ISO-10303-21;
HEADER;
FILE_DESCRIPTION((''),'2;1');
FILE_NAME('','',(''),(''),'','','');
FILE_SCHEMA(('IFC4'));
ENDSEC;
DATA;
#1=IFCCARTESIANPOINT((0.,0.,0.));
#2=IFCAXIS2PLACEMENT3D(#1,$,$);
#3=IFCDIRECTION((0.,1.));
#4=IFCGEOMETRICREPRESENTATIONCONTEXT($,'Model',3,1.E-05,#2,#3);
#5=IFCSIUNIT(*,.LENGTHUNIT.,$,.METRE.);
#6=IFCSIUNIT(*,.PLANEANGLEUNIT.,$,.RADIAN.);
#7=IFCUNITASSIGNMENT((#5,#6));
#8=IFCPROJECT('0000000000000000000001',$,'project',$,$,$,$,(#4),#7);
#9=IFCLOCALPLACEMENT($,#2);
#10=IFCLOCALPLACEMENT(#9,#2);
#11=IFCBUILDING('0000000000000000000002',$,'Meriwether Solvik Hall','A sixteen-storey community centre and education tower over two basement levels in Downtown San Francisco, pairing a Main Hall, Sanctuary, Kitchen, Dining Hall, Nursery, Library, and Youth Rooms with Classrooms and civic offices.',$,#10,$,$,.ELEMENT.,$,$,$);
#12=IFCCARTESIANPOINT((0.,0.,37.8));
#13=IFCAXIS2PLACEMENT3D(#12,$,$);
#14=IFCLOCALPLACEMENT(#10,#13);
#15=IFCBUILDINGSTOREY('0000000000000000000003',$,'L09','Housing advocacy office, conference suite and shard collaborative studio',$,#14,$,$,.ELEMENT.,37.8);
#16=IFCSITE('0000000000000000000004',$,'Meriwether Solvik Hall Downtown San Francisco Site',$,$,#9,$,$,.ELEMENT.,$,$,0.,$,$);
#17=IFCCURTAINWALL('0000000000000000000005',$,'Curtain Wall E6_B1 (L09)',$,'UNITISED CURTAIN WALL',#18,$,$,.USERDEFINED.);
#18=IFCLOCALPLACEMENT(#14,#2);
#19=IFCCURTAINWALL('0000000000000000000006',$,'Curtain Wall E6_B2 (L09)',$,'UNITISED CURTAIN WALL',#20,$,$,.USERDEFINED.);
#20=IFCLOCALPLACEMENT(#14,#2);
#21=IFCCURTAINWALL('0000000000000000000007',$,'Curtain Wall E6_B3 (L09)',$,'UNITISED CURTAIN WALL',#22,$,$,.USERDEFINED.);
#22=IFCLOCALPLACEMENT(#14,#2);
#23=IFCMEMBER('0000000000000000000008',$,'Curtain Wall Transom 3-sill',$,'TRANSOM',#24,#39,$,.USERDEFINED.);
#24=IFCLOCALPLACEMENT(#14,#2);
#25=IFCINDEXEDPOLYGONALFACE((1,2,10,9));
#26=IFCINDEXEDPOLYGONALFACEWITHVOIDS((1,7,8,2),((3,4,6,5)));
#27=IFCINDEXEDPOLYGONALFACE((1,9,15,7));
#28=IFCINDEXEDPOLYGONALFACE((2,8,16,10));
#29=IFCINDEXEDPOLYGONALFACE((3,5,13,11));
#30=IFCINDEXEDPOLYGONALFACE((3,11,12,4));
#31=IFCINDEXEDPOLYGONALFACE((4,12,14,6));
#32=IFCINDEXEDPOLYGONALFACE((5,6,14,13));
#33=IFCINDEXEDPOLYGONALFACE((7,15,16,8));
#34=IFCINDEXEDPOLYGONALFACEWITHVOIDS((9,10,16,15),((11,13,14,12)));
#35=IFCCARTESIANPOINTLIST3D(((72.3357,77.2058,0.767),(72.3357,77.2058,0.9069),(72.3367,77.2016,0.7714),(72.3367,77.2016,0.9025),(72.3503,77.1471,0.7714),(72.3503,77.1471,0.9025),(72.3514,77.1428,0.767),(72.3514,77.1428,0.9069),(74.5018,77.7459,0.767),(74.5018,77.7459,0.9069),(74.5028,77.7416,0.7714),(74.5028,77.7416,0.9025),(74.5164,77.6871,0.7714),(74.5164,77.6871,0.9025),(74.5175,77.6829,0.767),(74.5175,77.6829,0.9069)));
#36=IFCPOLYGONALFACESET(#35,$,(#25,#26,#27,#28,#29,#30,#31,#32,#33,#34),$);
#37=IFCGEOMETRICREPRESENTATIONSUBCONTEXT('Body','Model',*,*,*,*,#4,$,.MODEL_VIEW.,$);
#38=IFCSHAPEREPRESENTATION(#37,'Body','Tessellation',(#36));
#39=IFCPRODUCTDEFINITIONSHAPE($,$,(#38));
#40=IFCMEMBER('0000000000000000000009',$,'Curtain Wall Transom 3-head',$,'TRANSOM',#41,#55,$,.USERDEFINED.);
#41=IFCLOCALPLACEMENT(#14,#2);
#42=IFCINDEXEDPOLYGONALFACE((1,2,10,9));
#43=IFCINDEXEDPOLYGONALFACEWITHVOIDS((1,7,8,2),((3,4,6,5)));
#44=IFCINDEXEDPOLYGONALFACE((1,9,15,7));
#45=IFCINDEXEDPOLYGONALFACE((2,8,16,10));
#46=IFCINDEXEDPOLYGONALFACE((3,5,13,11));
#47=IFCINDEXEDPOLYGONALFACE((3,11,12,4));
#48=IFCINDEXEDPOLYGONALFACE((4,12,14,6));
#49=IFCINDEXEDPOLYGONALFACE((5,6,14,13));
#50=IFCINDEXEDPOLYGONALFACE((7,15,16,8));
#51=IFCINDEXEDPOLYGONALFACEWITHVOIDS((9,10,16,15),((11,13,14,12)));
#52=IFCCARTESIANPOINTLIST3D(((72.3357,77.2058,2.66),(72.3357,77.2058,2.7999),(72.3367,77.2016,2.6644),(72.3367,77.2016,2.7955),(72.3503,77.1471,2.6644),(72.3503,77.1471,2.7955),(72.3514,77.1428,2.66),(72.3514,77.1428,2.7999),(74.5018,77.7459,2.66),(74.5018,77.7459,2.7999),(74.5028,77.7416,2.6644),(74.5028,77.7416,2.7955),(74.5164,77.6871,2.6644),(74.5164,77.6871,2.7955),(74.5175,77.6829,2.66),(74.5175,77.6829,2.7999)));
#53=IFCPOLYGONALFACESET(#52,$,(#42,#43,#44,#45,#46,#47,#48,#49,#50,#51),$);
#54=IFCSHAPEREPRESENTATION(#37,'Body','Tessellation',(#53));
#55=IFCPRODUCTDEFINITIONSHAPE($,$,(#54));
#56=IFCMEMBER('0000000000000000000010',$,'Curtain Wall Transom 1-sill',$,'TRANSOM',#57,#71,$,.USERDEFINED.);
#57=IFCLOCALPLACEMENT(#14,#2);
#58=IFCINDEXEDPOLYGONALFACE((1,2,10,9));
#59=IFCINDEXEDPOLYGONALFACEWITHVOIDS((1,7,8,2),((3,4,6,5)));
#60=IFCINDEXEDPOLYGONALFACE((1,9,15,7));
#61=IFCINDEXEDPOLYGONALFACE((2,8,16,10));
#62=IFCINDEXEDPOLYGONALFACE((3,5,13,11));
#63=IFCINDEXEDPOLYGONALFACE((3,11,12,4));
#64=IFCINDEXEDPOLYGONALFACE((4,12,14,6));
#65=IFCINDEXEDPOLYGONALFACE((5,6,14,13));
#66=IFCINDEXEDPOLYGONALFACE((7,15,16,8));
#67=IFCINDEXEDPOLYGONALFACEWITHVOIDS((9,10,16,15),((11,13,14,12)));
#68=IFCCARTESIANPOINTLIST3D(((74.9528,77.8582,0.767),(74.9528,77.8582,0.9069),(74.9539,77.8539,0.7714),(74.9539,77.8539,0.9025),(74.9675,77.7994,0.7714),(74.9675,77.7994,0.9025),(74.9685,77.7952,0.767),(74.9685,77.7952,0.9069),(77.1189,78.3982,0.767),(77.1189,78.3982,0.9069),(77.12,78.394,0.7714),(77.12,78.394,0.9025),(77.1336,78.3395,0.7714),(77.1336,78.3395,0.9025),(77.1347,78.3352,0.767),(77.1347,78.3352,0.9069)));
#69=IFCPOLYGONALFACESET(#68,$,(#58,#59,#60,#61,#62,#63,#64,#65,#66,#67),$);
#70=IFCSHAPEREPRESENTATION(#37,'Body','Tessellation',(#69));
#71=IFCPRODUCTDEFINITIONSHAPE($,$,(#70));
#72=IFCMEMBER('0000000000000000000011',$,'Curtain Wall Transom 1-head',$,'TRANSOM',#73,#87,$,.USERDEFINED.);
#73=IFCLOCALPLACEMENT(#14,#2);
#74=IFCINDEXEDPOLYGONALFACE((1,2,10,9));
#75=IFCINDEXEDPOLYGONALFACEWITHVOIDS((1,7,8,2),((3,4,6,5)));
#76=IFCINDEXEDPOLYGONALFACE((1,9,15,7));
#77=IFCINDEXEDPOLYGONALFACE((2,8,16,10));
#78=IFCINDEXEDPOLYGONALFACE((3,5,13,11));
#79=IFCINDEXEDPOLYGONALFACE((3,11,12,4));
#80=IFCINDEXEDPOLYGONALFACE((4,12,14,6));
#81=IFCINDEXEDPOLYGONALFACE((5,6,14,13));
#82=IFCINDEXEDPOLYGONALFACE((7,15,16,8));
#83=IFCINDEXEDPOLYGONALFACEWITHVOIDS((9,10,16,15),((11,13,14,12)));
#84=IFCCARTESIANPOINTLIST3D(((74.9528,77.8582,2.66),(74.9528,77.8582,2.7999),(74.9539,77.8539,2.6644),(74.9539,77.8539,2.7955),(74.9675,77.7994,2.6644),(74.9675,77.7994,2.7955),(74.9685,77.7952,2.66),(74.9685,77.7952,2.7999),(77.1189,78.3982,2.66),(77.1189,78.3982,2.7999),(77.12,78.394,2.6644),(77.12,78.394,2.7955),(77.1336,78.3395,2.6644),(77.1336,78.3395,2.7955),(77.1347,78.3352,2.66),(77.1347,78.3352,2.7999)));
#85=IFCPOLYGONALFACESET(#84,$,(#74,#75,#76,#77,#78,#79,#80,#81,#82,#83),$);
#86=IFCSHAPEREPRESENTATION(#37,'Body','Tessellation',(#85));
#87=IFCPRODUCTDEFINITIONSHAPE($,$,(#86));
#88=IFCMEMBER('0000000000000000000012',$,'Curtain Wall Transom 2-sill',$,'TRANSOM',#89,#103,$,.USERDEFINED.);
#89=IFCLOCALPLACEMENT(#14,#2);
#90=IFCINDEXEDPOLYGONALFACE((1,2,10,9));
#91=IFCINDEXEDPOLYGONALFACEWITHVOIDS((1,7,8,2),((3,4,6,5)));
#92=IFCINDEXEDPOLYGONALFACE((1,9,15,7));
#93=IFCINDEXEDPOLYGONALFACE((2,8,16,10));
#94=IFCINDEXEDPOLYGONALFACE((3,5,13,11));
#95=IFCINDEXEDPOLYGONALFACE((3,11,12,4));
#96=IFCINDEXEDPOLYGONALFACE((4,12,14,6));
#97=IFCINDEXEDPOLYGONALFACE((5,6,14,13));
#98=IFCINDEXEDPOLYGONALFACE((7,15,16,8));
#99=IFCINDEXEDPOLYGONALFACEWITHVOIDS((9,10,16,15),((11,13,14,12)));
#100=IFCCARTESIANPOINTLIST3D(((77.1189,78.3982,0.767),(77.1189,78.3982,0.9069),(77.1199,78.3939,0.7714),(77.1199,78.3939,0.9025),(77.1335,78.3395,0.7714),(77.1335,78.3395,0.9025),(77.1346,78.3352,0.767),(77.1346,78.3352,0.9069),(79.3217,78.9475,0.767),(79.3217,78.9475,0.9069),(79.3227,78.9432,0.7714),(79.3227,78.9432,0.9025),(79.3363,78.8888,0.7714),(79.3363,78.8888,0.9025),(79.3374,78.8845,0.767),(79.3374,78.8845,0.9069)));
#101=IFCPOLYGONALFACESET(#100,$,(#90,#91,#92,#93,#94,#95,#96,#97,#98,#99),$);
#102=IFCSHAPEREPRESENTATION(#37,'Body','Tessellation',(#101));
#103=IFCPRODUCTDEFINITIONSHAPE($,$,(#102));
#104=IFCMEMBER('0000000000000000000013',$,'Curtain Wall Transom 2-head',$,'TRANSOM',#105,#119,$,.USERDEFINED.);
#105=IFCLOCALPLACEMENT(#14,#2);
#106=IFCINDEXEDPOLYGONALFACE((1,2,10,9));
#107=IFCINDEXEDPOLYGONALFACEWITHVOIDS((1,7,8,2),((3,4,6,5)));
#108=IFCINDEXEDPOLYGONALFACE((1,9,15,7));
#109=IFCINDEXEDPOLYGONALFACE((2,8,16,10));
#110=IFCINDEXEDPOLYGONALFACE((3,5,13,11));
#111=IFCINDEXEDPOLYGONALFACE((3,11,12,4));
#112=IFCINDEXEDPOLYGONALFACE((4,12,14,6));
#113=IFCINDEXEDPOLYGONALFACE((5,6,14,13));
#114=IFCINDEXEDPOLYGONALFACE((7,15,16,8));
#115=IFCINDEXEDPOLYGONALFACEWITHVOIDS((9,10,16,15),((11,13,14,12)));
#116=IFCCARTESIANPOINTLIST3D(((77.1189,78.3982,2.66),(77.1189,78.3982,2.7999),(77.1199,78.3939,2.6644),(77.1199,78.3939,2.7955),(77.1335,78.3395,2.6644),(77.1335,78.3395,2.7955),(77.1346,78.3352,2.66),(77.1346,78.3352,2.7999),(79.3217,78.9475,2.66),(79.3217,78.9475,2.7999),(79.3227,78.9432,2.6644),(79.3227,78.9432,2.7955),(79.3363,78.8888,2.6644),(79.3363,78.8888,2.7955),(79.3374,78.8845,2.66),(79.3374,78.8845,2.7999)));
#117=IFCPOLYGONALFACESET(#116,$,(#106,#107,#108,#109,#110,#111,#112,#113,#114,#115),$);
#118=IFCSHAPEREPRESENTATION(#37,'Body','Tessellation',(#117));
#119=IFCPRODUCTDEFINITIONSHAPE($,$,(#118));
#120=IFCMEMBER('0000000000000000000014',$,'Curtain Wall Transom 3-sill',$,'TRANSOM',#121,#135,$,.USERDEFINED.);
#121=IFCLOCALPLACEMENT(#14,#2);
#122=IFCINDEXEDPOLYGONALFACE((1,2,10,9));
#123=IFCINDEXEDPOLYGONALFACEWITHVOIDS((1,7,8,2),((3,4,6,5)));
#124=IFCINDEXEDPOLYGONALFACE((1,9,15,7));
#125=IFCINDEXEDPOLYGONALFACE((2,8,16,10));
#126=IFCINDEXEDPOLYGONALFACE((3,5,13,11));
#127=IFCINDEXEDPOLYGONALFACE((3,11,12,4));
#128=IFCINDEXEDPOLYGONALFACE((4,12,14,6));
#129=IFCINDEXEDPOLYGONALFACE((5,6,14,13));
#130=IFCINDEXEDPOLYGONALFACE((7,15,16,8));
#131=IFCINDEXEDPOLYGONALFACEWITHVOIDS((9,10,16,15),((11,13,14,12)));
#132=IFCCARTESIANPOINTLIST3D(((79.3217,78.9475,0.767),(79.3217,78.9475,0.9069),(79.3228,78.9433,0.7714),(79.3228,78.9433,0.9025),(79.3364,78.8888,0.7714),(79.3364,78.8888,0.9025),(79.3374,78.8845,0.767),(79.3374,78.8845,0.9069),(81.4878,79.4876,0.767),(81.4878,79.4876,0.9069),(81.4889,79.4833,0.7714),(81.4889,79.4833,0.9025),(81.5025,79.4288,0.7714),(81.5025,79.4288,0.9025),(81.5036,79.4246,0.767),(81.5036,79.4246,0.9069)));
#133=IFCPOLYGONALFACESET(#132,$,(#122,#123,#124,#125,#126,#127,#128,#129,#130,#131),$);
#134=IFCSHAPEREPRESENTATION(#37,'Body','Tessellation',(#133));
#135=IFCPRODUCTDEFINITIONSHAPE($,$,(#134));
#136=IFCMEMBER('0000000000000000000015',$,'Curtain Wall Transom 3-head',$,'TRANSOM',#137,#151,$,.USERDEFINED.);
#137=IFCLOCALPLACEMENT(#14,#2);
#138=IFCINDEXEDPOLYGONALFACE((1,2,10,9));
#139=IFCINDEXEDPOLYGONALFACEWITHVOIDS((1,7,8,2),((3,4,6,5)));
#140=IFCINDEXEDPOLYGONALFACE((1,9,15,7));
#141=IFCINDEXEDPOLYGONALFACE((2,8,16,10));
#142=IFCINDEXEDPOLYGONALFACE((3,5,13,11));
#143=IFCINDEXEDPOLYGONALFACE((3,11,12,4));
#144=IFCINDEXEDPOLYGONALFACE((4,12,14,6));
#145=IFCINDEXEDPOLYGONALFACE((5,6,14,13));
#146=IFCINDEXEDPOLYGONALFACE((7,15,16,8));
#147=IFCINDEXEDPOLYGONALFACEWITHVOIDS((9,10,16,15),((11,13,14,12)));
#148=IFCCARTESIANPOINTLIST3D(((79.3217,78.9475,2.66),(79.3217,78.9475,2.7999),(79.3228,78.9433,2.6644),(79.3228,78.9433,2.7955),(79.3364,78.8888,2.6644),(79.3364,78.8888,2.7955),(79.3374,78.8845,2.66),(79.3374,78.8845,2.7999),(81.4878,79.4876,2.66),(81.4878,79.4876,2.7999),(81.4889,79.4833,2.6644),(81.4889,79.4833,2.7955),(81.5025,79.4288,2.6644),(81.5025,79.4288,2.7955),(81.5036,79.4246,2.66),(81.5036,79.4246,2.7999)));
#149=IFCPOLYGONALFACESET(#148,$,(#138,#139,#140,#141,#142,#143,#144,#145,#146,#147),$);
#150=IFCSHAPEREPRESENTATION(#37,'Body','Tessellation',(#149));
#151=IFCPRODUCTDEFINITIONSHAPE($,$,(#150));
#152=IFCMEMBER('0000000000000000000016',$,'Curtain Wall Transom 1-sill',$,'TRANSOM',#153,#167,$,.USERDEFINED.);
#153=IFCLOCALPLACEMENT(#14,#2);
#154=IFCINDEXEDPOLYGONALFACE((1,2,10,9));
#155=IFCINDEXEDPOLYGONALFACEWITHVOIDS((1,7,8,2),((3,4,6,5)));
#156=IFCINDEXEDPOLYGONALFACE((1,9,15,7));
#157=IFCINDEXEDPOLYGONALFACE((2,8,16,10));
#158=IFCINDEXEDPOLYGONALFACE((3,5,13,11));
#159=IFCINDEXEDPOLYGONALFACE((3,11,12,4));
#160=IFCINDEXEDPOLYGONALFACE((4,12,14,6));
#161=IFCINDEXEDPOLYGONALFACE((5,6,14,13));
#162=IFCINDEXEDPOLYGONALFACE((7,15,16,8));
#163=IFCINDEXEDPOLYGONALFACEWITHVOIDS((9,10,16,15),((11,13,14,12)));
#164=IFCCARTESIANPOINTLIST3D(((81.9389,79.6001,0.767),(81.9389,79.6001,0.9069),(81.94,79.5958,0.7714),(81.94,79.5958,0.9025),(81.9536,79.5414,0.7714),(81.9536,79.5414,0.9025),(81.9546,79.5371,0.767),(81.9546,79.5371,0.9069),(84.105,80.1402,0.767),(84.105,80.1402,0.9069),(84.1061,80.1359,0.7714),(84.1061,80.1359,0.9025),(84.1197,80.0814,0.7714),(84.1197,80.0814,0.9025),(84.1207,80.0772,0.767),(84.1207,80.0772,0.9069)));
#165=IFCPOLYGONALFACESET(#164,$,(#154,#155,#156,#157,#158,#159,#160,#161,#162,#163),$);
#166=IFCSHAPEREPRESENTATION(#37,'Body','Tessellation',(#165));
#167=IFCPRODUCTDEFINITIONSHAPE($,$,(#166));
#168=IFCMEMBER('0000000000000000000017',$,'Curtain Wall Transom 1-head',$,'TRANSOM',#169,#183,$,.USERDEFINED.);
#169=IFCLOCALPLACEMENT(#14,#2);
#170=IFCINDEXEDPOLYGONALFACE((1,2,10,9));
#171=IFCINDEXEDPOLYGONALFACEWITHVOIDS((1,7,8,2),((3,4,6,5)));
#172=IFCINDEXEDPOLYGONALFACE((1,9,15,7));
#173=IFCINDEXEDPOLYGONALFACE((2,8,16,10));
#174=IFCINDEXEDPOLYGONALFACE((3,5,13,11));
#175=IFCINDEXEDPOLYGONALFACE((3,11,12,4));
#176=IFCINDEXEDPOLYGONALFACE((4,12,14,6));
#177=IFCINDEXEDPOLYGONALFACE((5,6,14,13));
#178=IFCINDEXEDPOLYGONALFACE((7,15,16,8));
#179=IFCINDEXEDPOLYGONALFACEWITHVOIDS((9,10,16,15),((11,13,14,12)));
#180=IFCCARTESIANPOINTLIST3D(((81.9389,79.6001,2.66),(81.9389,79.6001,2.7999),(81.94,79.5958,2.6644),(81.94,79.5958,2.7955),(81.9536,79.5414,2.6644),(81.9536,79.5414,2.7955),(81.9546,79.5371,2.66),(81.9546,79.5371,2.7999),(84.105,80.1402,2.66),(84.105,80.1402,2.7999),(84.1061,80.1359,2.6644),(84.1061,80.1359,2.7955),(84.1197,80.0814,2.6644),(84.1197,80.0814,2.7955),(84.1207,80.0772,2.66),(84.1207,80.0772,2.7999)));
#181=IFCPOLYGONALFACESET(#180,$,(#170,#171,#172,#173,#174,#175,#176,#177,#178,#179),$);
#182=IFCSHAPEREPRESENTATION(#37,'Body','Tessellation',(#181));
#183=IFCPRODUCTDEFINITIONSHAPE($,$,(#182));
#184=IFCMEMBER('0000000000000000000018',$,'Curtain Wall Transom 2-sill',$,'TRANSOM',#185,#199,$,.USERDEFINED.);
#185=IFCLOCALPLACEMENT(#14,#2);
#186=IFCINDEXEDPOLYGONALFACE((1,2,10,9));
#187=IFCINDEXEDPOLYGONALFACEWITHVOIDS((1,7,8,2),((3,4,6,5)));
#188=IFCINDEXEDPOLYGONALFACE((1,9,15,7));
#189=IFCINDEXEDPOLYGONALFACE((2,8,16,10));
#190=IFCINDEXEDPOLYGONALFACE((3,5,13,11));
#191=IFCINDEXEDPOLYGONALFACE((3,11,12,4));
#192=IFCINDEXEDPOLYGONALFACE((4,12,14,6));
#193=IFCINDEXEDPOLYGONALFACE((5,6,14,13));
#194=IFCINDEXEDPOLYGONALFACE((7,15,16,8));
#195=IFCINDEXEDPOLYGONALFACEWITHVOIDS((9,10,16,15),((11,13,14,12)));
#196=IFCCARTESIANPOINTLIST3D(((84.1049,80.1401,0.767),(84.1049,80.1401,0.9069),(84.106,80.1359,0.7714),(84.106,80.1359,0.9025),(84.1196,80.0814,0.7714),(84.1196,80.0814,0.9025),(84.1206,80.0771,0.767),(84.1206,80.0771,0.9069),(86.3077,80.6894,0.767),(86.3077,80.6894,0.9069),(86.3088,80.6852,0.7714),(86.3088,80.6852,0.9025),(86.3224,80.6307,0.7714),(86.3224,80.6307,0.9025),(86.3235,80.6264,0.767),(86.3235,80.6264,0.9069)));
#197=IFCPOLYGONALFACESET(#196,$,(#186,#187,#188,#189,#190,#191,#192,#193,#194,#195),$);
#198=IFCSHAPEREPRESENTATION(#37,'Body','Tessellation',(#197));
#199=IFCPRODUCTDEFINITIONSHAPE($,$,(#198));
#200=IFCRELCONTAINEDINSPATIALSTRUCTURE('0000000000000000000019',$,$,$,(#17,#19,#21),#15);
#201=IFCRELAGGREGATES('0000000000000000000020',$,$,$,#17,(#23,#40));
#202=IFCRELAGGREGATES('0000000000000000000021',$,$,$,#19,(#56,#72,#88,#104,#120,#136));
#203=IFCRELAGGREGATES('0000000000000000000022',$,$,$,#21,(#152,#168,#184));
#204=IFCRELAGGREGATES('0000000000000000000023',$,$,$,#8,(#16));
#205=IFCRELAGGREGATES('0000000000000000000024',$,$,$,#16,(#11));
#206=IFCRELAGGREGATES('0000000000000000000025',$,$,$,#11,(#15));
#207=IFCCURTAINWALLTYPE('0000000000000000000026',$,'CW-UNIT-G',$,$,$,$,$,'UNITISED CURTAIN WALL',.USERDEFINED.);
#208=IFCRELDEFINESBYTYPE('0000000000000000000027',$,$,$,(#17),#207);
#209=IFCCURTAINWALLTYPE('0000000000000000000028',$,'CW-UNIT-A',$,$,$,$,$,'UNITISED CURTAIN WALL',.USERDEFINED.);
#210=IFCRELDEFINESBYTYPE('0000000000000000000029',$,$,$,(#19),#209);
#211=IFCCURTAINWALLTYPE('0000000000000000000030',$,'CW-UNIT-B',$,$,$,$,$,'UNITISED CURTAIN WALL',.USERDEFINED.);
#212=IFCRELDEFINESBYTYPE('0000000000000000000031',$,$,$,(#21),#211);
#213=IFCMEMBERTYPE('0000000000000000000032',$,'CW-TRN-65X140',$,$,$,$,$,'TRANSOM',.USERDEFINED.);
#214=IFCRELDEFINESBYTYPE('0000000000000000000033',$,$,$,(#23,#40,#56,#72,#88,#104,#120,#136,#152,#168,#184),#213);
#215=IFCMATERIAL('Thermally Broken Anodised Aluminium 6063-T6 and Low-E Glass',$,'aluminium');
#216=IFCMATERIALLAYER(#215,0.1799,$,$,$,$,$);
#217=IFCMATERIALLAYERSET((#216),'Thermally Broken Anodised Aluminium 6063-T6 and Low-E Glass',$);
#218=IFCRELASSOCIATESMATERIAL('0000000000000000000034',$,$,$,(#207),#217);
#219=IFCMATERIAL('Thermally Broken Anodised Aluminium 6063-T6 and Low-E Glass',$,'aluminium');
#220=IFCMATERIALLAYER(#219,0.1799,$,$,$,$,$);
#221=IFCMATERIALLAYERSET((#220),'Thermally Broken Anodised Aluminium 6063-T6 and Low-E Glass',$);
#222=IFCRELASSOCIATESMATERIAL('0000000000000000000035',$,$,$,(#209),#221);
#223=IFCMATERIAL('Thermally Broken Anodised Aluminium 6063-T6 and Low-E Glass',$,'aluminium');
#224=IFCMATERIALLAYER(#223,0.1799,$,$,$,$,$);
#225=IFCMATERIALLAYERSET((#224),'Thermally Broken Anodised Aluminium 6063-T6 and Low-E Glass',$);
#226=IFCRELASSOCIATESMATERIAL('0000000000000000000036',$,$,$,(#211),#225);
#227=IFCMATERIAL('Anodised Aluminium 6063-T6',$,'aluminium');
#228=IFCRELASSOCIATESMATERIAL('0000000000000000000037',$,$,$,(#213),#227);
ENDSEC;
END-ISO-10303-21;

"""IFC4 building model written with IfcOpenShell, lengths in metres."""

from ifc_helpers import new_model, si_unit, direction, frame, origin, origin_2d, place, context, subcontext, project, spatial, hollow_rectangle, extrude, material, layer, layer_set, material_profile, profile_set, type_object, element, aggregate, save


model = new_model("IFC4")

# Units and contexts
model_context = context("Model", 3, precision=1e-05, world=origin(), true_north=direction((0.0, 1.0)))
body_context = subcontext(model_context, "Body", "Model", "MODEL_VIEW")
ifc_project = project(units=[si_unit("LENGTHUNIT", "METRE"), si_unit("PLANEANGLEUNIT", "RADIAN")], contexts=[model_context])

# Site, building, storey
site_placement = place(None, origin())
site = spatial("IfcSite", under=ifc_project, at=site_placement, Name="Meriwether Solvik Hall Downtown San Francisco Site", CompositionType="ELEMENT", RefElevation=0.0)
building_placement = place(site_placement, origin())
building = spatial("IfcBuilding", under=site, at=building_placement, Name="Meriwether Solvik Hall", Description="A sixteen-storey community centre and education tower over two basement levels in Downtown San Francisco, pairing a Main Hall, Sanctuary, Kitchen, Dining Hall, Nursery, Library, and Youth Rooms with Classrooms and civic offices.", CompositionType="ELEMENT")
storey_placement = place(building_placement, frame((0.0, 0.0, 37.8)))
storey = spatial("IfcBuildingStorey", under=building, at=storey_placement, Name="L09", Description="Housing advocacy office, conference suite and shard collaborative studio", CompositionType="ELEMENT", Elevation=37.8)

# Curtain walls
ifc_material_1 = material(Name="Thermally Broken Anodised Aluminium 6063-T6 and Low-E Glass", Category="aluminium")
ifc_layer_1 = layer(ifc_material_1, 0.1799)
ifc_layer_set_1 = layer_set([ifc_layer_1], Name="Thermally Broken Anodised Aluminium 6063-T6 and Low-E Glass")
curtain_wall_type_1 = type_object("IfcCurtainWallType", Name="CW-UNIT-G", ElementType="UNITISED CURTAIN WALL", PredefinedType="USERDEFINED", material=ifc_layer_set_1)
curtain_wall_1_placement = place(storey_placement, origin())
curtain_wall_1 = element("IfcCurtainWall", 1, at=curtain_wall_1_placement, inside=storey, type_object=curtain_wall_type_1, Name="Curtain Wall E6_B1 (L09)", ObjectType="UNITISED CURTAIN WALL", PredefinedType="USERDEFINED")
ifc_material_2 = material(Name="Thermally Broken Anodised Aluminium 6063-T6 and Low-E Glass", Category="aluminium")
ifc_layer_2 = layer(ifc_material_2, 0.1799)
ifc_layer_set_2 = layer_set([ifc_layer_2], Name="Thermally Broken Anodised Aluminium 6063-T6 and Low-E Glass")
curtain_wall_type_2 = type_object("IfcCurtainWallType", Name="CW-UNIT-A", ElementType="UNITISED CURTAIN WALL", PredefinedType="USERDEFINED", material=ifc_layer_set_2)
curtain_wall_2_placement = place(storey_placement, origin())
curtain_wall_2 = element("IfcCurtainWall", 2, at=curtain_wall_2_placement, inside=storey, type_object=curtain_wall_type_2, Name="Curtain Wall E6_B2 (L09)", ObjectType="UNITISED CURTAIN WALL", PredefinedType="USERDEFINED")
ifc_material_3 = material(Name="Thermally Broken Anodised Aluminium 6063-T6 and Low-E Glass", Category="aluminium")
ifc_layer_3 = layer(ifc_material_3, 0.1799)
ifc_layer_set_3 = layer_set([ifc_layer_3], Name="Thermally Broken Anodised Aluminium 6063-T6 and Low-E Glass")
curtain_wall_type_3 = type_object("IfcCurtainWallType", Name="CW-UNIT-B", ElementType="UNITISED CURTAIN WALL", PredefinedType="USERDEFINED", material=ifc_layer_set_3)
curtain_wall_3_placement = place(storey_placement, origin())
curtain_wall_3 = element("IfcCurtainWall", 3, at=curtain_wall_3_placement, inside=storey, type_object=curtain_wall_type_3, Name="Curtain Wall E6_B3 (L09)", ObjectType="UNITISED CURTAIN WALL", PredefinedType="USERDEFINED")

# Members
ifc_material_4 = material(Name="Anodised Aluminium 6063-T6", Category="aluminium")
ifc_material_profile_1 = material_profile(ifc_material_4, hollow_rectangle(XDim=0.0649, YDim=0.1399, WallThickness=0.0044, at=origin_2d()), Name="CWT-65X140")
ifc_profile_set_1 = profile_set([ifc_material_profile_1], Name="Anodised Aluminium 6063-T6")
member_type_1 = type_object("IfcMemberType", Name="CW-TRN-65X140", ElementType="TRANSOM", PredefinedType="USERDEFINED", material=ifc_profile_set_1)
member_1_placement = place(storey_placement, frame((72.3435, 77.1743, 0.8369), z_axis=(0.970297, 0.241918, 0.0), x_axis=(-0.241918, 0.970297, 0.0)))
member_1 = element("IfcMember", 4, at=member_1_placement, type_object=member_type_1, Name="Curtain Wall Transom 3-sill", ObjectType="TRANSOM", PredefinedType="USERDEFINED", context=body_context, shape_type="SweptSolid", body=[
    extrude(hollow_rectangle(XDim=0.0649, YDim=0.1399, WallThickness=0.0044, at=origin_2d()), origin(), (0.0, 0.0, 1.0), 2.2324),
])
member_2_placement = place(storey_placement, frame((72.3435, 77.1743, 2.73), z_axis=(0.970297, 0.241918, 0.0), x_axis=(-0.241918, 0.970297, 0.0)))
member_2 = element("IfcMember", 5, at=member_2_placement, type_object=member_type_1, Name="Curtain Wall Transom 3-head", ObjectType="TRANSOM", PredefinedType="USERDEFINED", context=body_context, shape_type="SweptSolid", body=[
    extrude(hollow_rectangle(XDim=0.0649, YDim=0.1399, WallThickness=0.0044, at=origin_2d()), origin(), (0.0, 0.0, 1.0), 2.2324),
])
member_3_placement = place(storey_placement, frame((74.9607, 77.8267, 0.8369), z_axis=(0.970297, 0.241918, 0.0), x_axis=(-0.241918, 0.970297, 0.0)))
member_3 = element("IfcMember", 6, at=member_3_placement, type_object=member_type_1, Name="Curtain Wall Transom 1-sill", ObjectType="TRANSOM", PredefinedType="USERDEFINED", context=body_context, shape_type="SweptSolid", body=[
    extrude(hollow_rectangle(XDim=0.0649, YDim=0.1399, WallThickness=0.0044, at=origin_2d()), origin(), (0.0, 0.0, 1.0), 2.2324),
])
member_4_placement = place(storey_placement, frame((74.9607, 77.8267, 2.73), z_axis=(0.970297, 0.241918, 0.0), x_axis=(-0.241918, 0.970297, 0.0)))
member_4 = element("IfcMember", 7, at=member_4_placement, type_object=member_type_1, Name="Curtain Wall Transom 1-head", ObjectType="TRANSOM", PredefinedType="USERDEFINED", context=body_context, shape_type="SweptSolid", body=[
    extrude(hollow_rectangle(XDim=0.0649, YDim=0.1399, WallThickness=0.0044, at=origin_2d()), origin(), (0.0, 0.0, 1.0), 2.2324),
])
member_5_placement = place(storey_placement, frame((77.1267, 78.3667, 0.8369), z_axis=(0.970288, 0.241954, 0.0), x_axis=(-0.241954, 0.970288, 0.0)))
member_5 = element("IfcMember", 8, at=member_5_placement, type_object=member_type_1, Name="Curtain Wall Transom 2-sill", ObjectType="TRANSOM", PredefinedType="USERDEFINED", context=body_context, shape_type="SweptSolid", body=[
    extrude(hollow_rectangle(XDim=0.0649, YDim=0.1399, WallThickness=0.0044, at=origin_2d()), origin(), (0.0, 0.0, 1.0), 2.2703),
])
member_6_placement = place(storey_placement, frame((77.1267, 78.3667, 2.73), z_axis=(0.970288, 0.241954, 0.0), x_axis=(-0.241954, 0.970288, 0.0)))
member_6 = element("IfcMember", 9, at=member_6_placement, type_object=member_type_1, Name="Curtain Wall Transom 2-head", ObjectType="TRANSOM", PredefinedType="USERDEFINED", context=body_context, shape_type="SweptSolid", body=[
    extrude(hollow_rectangle(XDim=0.0649, YDim=0.1399, WallThickness=0.0044, at=origin_2d()), origin(), (0.0, 0.0, 1.0), 2.2703),
])
member_7_placement = place(storey_placement, frame((79.3296, 78.916, 0.8369), z_axis=(0.970297, 0.241918, 0.0), x_axis=(-0.241918, 0.970297, 0.0)))
member_7 = element("IfcMember", 10, at=member_7_placement, type_object=member_type_1, Name="Curtain Wall Transom 3-sill", ObjectType="TRANSOM", PredefinedType="USERDEFINED", context=body_context, shape_type="SweptSolid", body=[
    extrude(hollow_rectangle(XDim=0.0649, YDim=0.1399, WallThickness=0.0044, at=origin_2d()), origin(), (0.0, 0.0, 1.0), 2.2324),
])
member_8_placement = place(storey_placement, frame((79.3296, 78.916, 2.73), z_axis=(0.970297, 0.241918, 0.0), x_axis=(-0.241918, 0.970297, 0.0)))
member_8 = element("IfcMember", 11, at=member_8_placement, type_object=member_type_1, Name="Curtain Wall Transom 3-head", ObjectType="TRANSOM", PredefinedType="USERDEFINED", context=body_context, shape_type="SweptSolid", body=[
    extrude(hollow_rectangle(XDim=0.0649, YDim=0.1399, WallThickness=0.0044, at=origin_2d()), origin(), (0.0, 0.0, 1.0), 2.2324),
])
member_9_placement = place(storey_placement, frame((81.9468, 79.5686, 0.8369), z_axis=(0.970297, 0.241918, 0.0), x_axis=(-0.241918, 0.970297, 0.0)))
member_9 = element("IfcMember", 12, at=member_9_placement, type_object=member_type_1, Name="Curtain Wall Transom 1-sill", ObjectType="TRANSOM", PredefinedType="USERDEFINED", context=body_context, shape_type="SweptSolid", body=[
    extrude(hollow_rectangle(XDim=0.0649, YDim=0.1399, WallThickness=0.0044, at=origin_2d()), origin(), (0.0, 0.0, 1.0), 2.2324),
])
member_10_placement = place(storey_placement, frame((81.9468, 79.5686, 2.73), z_axis=(0.970297, 0.241918, 0.0), x_axis=(-0.241918, 0.970297, 0.0)))
member_10 = element("IfcMember", 13, at=member_10_placement, type_object=member_type_1, Name="Curtain Wall Transom 1-head", ObjectType="TRANSOM", PredefinedType="USERDEFINED", context=body_context, shape_type="SweptSolid", body=[
    extrude(hollow_rectangle(XDim=0.0649, YDim=0.1399, WallThickness=0.0044, at=origin_2d()), origin(), (0.0, 0.0, 1.0), 2.2324),
])
member_11_placement = place(storey_placement, frame((84.1128, 80.1086, 0.8369), z_axis=(0.970288, 0.241954, 0.0), x_axis=(-0.241954, 0.970288, 0.0)))
member_11 = element("IfcMember", 14, at=member_11_placement, type_object=member_type_1, Name="Curtain Wall Transom 2-sill", ObjectType="TRANSOM", PredefinedType="USERDEFINED", context=body_context, shape_type="SweptSolid", body=[
    extrude(hollow_rectangle(XDim=0.0649, YDim=0.1399, WallThickness=0.0044, at=origin_2d()), origin(), (0.0, 0.0, 1.0), 2.2703),
])

aggregate(curtain_wall_1, [member_1, member_2])
aggregate(curtain_wall_2, [member_3, member_4, member_5, member_6, member_7, member_8])
aggregate(curtain_wall_3, [member_9, member_10, member_11])

save(model, "model.ifc")
